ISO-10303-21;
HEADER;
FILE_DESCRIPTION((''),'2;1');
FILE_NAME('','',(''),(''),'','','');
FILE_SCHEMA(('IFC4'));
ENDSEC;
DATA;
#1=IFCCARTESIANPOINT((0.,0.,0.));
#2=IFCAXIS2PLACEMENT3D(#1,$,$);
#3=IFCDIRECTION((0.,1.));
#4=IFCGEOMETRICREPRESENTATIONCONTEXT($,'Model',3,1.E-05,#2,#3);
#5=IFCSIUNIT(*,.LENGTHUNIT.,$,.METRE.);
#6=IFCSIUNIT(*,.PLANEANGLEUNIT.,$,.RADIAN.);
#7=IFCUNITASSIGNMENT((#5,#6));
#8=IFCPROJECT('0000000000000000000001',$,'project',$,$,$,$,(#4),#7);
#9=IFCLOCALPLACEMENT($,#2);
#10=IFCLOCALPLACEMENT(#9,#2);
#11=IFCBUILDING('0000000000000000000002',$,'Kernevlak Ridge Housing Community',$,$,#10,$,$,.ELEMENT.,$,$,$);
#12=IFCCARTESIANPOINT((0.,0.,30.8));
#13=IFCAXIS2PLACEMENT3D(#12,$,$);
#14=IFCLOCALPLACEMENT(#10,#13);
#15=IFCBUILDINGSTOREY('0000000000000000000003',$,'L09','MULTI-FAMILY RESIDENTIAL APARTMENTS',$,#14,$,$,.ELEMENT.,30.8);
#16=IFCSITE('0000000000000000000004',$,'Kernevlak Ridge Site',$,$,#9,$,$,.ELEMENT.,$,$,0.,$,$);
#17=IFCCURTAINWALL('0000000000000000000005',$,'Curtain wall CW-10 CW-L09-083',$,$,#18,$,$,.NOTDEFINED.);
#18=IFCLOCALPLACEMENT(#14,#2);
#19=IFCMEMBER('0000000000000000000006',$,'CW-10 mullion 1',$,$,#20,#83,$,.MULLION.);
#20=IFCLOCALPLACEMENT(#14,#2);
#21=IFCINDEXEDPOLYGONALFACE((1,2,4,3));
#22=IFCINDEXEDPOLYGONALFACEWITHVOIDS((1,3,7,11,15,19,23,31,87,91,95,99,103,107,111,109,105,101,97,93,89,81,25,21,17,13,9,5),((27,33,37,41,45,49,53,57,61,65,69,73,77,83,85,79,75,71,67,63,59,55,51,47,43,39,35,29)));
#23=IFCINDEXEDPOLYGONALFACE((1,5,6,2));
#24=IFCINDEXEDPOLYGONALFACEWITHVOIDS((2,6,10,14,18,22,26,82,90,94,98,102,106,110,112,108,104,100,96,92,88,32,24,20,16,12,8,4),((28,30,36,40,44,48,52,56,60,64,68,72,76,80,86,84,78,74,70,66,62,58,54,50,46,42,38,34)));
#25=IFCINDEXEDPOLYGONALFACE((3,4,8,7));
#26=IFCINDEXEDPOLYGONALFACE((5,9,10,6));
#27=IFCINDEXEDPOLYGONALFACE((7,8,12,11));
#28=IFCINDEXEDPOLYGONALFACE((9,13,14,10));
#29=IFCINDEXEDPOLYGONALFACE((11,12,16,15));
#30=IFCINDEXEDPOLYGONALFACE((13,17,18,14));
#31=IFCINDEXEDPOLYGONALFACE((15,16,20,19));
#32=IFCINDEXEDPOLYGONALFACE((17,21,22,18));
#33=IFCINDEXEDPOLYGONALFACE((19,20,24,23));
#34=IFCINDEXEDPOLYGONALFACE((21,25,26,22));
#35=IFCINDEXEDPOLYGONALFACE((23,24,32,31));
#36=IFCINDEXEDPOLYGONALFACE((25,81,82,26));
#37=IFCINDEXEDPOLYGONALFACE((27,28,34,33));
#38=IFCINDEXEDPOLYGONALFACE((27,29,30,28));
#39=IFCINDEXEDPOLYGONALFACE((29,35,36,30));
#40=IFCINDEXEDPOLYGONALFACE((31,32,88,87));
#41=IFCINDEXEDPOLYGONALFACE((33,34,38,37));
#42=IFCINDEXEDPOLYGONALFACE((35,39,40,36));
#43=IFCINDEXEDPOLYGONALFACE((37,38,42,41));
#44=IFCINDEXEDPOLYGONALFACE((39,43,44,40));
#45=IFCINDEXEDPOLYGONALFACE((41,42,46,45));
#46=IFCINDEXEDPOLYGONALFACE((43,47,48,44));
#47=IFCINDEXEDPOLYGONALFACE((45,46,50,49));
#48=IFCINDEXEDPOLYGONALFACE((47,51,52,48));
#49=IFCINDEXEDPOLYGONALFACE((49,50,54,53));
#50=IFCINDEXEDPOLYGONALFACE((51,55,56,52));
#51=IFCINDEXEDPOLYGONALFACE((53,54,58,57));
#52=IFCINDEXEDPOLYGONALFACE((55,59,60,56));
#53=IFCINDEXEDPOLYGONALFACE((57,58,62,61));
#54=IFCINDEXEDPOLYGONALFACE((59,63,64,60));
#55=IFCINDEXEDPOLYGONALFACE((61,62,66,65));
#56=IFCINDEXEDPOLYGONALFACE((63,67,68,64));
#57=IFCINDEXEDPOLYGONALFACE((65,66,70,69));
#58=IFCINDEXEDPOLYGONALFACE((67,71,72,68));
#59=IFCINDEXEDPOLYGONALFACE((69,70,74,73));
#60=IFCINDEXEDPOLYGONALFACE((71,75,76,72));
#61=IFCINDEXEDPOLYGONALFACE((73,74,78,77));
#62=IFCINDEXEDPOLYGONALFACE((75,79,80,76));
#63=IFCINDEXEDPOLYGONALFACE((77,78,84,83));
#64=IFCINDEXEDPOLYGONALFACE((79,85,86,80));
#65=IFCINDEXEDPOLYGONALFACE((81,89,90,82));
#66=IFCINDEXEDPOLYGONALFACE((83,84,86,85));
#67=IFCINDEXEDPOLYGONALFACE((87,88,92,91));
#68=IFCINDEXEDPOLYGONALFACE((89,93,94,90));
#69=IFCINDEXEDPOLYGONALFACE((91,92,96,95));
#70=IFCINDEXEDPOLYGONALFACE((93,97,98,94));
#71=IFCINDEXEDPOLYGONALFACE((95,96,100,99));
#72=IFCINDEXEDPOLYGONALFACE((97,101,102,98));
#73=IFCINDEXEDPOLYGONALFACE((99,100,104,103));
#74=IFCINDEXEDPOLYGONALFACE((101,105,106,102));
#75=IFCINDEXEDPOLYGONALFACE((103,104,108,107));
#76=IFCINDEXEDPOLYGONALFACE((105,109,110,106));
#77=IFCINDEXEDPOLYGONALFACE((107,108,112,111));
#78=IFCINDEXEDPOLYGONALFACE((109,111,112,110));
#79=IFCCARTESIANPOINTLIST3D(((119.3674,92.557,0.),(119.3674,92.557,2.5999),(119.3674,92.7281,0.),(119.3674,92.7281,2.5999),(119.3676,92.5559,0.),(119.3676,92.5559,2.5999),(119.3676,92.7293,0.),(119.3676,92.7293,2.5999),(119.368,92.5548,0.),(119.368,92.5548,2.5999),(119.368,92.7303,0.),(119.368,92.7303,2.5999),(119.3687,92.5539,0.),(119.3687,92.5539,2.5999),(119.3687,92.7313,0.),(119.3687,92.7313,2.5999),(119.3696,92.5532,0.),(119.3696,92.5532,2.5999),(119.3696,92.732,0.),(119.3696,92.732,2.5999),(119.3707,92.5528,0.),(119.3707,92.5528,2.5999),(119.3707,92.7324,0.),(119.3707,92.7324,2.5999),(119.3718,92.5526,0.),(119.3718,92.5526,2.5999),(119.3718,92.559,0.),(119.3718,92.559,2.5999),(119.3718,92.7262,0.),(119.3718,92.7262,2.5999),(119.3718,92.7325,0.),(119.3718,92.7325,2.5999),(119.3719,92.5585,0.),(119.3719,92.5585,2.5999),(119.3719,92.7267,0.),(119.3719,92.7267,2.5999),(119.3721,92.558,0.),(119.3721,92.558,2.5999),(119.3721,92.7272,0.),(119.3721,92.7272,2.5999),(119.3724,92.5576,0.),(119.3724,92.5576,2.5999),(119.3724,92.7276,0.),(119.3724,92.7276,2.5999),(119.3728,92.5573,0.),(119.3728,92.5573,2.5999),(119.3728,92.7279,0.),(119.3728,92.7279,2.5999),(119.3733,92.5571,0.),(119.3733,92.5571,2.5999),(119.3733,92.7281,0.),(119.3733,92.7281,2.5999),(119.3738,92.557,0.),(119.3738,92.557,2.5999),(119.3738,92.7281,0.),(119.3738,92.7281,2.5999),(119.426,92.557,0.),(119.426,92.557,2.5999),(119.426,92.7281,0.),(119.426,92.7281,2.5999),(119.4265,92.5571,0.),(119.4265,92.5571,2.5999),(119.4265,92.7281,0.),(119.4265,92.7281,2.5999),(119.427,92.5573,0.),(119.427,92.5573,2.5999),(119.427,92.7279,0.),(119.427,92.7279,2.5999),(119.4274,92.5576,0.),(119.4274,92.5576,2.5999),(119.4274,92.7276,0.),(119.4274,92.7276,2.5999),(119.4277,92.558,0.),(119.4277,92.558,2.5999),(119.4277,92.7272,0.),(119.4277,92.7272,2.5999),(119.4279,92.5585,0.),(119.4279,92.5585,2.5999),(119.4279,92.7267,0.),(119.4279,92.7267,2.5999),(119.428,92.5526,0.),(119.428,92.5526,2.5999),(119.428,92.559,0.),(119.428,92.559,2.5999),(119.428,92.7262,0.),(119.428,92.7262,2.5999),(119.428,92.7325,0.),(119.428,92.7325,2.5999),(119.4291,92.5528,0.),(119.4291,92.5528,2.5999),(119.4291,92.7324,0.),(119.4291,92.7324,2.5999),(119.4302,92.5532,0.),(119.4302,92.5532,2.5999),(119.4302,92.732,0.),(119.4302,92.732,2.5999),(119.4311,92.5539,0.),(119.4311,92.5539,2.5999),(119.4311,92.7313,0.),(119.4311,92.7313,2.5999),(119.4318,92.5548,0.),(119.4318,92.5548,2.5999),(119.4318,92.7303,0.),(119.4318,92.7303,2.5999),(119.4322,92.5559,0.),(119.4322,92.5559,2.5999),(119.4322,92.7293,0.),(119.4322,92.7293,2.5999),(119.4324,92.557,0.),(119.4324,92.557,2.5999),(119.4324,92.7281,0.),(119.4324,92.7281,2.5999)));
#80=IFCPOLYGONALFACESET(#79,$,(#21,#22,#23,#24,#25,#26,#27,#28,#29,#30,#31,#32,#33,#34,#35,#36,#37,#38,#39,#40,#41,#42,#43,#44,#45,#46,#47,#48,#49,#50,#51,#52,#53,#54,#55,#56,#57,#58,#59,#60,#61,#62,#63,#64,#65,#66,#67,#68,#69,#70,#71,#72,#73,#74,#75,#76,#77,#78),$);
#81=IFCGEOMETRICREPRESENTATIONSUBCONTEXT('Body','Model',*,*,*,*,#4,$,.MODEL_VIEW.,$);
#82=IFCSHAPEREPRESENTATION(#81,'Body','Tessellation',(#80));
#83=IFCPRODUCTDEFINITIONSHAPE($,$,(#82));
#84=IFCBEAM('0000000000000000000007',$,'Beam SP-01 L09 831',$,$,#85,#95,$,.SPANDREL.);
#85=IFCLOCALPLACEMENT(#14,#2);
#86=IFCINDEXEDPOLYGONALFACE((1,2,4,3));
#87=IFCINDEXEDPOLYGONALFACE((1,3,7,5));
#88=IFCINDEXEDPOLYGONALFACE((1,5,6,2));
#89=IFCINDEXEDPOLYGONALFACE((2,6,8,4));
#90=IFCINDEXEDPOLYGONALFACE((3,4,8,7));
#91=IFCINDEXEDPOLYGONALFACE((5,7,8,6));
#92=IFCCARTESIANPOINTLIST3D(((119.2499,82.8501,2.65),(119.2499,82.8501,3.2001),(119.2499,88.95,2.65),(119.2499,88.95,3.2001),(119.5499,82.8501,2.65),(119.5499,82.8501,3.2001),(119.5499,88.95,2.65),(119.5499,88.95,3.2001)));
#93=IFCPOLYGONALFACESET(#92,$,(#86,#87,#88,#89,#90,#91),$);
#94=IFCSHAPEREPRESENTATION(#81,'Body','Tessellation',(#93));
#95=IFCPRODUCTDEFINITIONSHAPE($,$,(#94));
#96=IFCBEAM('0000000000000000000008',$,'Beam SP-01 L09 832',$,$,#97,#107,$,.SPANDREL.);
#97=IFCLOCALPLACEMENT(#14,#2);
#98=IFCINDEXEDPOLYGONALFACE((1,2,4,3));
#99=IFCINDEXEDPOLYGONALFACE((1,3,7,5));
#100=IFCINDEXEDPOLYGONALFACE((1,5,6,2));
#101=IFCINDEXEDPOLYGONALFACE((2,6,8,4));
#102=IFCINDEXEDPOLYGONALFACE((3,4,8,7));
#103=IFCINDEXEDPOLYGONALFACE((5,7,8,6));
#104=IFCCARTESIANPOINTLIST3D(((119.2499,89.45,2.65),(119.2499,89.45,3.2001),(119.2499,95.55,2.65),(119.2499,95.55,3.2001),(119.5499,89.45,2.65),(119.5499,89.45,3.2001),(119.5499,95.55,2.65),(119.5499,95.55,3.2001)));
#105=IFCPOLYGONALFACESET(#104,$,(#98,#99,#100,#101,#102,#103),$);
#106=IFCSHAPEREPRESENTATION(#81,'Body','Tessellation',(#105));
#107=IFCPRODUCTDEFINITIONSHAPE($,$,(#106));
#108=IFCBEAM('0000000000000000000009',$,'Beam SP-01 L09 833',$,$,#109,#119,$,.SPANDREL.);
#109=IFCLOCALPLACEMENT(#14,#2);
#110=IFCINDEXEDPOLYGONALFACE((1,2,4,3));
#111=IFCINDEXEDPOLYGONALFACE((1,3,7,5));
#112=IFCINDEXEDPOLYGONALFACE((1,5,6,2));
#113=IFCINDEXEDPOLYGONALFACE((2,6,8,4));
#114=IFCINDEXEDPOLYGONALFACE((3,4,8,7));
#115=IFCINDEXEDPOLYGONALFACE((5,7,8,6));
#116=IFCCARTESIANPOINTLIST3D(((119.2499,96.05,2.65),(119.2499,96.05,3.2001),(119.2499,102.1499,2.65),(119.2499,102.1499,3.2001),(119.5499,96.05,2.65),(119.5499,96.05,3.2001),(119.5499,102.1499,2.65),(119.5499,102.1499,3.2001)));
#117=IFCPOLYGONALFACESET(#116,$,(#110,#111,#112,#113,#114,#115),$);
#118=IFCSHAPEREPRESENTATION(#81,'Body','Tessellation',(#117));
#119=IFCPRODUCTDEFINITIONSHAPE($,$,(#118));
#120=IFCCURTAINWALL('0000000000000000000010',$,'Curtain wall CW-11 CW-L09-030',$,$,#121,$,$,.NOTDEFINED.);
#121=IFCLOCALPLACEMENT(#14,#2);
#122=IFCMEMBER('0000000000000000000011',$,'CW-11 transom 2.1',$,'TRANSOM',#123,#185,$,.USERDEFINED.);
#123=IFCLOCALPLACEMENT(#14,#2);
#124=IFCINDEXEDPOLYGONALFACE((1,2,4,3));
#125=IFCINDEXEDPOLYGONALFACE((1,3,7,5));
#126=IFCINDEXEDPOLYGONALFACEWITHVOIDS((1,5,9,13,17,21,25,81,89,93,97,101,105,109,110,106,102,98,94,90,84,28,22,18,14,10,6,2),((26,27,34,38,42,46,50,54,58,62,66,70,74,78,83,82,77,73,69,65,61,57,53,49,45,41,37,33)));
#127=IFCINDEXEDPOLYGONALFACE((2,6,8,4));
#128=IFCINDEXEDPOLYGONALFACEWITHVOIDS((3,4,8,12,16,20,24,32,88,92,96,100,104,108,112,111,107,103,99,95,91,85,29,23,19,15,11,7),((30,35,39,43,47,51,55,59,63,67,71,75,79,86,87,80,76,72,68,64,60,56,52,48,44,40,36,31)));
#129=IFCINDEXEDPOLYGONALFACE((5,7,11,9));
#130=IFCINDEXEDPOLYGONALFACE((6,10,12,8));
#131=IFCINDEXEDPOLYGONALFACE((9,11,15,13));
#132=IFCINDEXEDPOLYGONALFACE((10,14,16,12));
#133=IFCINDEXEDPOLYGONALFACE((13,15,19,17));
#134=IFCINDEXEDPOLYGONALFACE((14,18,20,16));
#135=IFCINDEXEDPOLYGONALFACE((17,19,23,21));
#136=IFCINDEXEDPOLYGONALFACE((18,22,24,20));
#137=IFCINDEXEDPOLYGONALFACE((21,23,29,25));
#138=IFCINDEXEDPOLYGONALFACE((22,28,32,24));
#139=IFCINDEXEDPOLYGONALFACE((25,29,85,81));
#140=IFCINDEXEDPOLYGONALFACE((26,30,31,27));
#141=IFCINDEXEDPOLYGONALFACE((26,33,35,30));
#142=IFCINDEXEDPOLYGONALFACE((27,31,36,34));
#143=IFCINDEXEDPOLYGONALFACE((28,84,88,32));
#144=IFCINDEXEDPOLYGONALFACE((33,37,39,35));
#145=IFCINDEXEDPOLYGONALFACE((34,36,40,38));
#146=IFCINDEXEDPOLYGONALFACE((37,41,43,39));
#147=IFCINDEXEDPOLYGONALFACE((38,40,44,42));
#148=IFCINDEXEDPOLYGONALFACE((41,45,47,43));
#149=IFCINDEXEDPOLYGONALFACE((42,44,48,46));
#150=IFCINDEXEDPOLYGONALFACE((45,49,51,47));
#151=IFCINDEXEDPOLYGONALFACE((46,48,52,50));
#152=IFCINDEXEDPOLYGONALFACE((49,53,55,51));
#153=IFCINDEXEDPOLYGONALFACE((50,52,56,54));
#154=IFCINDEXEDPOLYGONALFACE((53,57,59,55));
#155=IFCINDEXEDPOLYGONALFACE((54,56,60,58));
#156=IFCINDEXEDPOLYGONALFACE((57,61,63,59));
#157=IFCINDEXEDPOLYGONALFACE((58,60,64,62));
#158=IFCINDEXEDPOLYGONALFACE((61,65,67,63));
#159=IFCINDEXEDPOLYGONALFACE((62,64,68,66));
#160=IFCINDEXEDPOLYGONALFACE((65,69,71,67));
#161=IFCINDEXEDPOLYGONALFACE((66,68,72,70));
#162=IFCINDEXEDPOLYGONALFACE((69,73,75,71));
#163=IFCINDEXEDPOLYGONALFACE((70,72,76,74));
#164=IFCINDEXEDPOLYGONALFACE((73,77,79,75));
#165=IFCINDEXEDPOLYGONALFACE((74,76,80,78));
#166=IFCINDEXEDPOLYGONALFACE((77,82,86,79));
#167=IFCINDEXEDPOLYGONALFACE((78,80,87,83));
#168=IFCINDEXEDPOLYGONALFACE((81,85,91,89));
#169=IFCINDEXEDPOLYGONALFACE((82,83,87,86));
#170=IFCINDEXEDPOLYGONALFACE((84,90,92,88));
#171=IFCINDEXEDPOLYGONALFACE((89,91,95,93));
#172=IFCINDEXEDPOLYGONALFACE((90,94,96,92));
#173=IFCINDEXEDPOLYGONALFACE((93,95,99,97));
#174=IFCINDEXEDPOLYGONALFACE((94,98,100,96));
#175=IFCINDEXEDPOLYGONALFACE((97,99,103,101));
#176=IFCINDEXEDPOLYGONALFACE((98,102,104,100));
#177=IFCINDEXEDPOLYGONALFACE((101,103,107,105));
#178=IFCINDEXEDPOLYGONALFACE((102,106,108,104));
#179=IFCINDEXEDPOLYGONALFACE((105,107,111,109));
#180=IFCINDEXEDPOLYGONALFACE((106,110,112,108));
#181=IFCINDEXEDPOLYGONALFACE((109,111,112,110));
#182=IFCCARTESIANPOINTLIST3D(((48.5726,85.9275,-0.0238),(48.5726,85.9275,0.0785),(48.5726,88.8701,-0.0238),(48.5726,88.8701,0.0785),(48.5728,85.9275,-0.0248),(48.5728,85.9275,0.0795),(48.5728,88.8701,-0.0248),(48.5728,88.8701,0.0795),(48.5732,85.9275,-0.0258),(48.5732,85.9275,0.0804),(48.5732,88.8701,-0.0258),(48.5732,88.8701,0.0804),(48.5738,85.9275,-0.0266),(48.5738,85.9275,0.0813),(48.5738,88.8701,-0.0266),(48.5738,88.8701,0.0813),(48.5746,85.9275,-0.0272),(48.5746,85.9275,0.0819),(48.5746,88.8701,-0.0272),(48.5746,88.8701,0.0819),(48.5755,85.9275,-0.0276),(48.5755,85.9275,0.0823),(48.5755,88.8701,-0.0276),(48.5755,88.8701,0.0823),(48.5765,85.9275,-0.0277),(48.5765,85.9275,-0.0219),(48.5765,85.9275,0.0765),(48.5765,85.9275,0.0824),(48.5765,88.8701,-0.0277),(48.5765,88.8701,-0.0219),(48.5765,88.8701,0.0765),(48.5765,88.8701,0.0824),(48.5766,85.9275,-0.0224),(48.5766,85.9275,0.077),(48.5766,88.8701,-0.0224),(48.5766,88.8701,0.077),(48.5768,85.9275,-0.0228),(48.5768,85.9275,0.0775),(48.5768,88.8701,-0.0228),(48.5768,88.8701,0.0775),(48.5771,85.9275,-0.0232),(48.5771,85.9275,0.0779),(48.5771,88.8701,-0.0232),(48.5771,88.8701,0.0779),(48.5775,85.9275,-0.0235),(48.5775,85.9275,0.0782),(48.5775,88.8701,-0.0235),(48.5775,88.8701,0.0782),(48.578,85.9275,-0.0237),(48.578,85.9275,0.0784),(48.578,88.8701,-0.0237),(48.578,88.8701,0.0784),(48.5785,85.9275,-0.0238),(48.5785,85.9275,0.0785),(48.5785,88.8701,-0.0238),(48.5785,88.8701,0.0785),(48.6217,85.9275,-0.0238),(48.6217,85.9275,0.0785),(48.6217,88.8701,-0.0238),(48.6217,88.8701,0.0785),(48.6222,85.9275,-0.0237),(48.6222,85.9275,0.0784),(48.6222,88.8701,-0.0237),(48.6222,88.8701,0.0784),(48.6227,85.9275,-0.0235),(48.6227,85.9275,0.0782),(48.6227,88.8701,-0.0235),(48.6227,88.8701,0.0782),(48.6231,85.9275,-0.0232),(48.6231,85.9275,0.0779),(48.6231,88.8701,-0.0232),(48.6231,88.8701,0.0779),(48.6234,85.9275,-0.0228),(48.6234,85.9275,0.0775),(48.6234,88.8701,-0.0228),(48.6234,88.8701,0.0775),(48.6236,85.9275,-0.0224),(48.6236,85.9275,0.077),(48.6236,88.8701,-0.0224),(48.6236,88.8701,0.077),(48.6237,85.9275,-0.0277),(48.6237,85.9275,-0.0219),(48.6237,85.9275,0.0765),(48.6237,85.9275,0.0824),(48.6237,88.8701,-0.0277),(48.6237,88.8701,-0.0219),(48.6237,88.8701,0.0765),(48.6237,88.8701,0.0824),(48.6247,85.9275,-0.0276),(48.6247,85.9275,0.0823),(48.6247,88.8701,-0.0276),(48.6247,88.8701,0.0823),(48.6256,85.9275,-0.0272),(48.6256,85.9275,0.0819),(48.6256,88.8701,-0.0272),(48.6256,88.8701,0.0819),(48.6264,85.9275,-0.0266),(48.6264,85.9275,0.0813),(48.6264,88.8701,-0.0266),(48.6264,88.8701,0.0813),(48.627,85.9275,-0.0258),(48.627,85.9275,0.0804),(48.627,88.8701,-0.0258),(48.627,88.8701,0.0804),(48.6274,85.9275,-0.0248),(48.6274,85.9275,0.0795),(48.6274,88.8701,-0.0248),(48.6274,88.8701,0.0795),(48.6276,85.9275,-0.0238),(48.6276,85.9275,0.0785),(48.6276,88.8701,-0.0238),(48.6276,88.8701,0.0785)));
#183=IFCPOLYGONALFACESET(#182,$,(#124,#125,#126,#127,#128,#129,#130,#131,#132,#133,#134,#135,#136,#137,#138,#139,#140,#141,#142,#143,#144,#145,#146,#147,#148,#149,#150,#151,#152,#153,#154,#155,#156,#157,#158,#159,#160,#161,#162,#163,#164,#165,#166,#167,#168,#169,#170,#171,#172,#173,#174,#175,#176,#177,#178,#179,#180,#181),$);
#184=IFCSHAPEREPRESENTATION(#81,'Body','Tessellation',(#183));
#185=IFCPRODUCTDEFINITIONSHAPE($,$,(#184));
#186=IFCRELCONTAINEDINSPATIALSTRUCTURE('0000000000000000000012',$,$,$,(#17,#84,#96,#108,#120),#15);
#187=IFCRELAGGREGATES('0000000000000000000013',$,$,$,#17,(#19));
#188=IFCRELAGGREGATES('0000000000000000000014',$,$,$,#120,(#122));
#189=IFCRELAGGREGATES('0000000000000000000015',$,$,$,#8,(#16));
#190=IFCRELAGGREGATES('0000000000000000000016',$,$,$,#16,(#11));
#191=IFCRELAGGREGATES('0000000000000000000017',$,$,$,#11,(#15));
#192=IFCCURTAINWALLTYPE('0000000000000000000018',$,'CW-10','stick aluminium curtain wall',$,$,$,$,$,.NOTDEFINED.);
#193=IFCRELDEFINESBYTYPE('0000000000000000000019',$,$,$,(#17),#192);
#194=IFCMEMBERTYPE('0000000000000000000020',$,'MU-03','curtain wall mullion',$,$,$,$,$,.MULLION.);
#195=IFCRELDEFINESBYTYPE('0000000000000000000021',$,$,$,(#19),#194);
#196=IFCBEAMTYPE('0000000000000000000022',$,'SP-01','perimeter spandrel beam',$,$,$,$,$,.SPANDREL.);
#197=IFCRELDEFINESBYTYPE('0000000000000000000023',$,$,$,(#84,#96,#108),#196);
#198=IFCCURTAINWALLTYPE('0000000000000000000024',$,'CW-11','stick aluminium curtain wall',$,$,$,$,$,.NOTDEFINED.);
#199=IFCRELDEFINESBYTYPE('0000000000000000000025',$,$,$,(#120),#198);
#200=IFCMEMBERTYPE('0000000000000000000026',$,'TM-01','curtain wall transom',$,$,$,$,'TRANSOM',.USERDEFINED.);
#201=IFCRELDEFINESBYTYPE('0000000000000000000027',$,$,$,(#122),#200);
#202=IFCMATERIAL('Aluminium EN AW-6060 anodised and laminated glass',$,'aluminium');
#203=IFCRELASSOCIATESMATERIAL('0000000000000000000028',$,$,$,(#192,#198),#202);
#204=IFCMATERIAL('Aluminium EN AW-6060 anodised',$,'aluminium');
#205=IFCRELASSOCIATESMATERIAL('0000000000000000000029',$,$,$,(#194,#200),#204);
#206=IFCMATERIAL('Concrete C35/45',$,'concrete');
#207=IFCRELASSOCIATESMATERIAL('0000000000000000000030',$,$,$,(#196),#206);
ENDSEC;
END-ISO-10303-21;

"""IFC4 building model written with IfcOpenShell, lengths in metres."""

from ifc_helpers import new_model, si_unit, direction, frame, origin, origin_2d, place, context, subcontext, project, spatial, rectangle, hollow_rectangle, extrude, material, material_profile, profile_set, type_object, element, aggregate, save


model = new_model("IFC4")

# Units and contexts
model_context = context("Model", 3, precision=1e-05, world=origin(), true_north=direction((0.0, 1.0)))
body_context = subcontext(model_context, "Body", "Model", "MODEL_VIEW")
ifc_project = project(units=[si_unit("LENGTHUNIT", "METRE"), si_unit("PLANEANGLEUNIT", "RADIAN")], contexts=[model_context])

# Site, building, storey
site_placement = place(None, origin())
site = spatial("IfcSite", under=ifc_project, at=site_placement, Name="Kernevlak Ridge Site", CompositionType="ELEMENT", RefElevation=0.0)
building_placement = place(site_placement, origin())
building = spatial("IfcBuilding", under=site, at=building_placement, Name="Kernevlak Ridge Housing Community", CompositionType="ELEMENT")
storey_placement = place(building_placement, frame((0.0, 0.0, 30.8)))
storey = spatial("IfcBuildingStorey", under=building, at=storey_placement, Name="L09", Description="MULTI-FAMILY RESIDENTIAL APARTMENTS", CompositionType="ELEMENT", Elevation=30.8)

# Shared definitions
ifc_material_1 = material(Name="Aluminium EN AW-6060 anodised and laminated glass", Category="aluminium")
ifc_material_2 = material(Name="Aluminium EN AW-6060 anodised", Category="aluminium")

# Curtain wall, member
curtain_wall_type_1 = type_object("IfcCurtainWallType", Name="CW-10", Description="stick aluminium curtain wall", PredefinedType="NOTDEFINED", material=ifc_material_1)
curtain_wall_1_placement = place(storey_placement, origin())
curtain_wall_1 = element("IfcCurtainWall", 1, at=curtain_wall_1_placement, inside=storey, type_object=curtain_wall_type_1, Name="Curtain wall CW-10 CW-L09-083", PredefinedType="NOTDEFINED")
ifc_material_profile_1 = material_profile(ifc_material_2, hollow_rectangle(XDim=0.0649, YDim=0.1799, WallThickness=0.0044, InnerFilletRadius=0.002, OuterFilletRadius=0.0044, at=origin_2d()), Name="ALU 65x180x4.5")
ifc_profile_set_1 = profile_set([ifc_material_profile_1], Name="Aluminium EN AW-6060 anodised")
member_type_1 = type_object("IfcMemberType", Name="MU-03", Description="curtain wall mullion", PredefinedType="MULLION", material=ifc_profile_set_1)
member_1_placement = place(storey_placement, frame((119.3999, 92.6426, 0.0), z_axis=(0.0, 0.0, 1.0), x_axis=(-1.0, 0.0, 0.0)))
member_1 = element("IfcMember", 2, at=member_1_placement, type_object=member_type_1, Name="CW-10 mullion 1", PredefinedType="MULLION", context=body_context, shape_type="SweptSolid", body=[
    extrude(hollow_rectangle(XDim=0.0649, YDim=0.1799, WallThickness=0.0044, InnerFilletRadius=0.002, OuterFilletRadius=0.0044, at=origin_2d()), origin(), (0.0, 0.0, 1.0), 2.5999),
])
aggregate(curtain_wall_1, [member_1])

# Beams
ifc_material_3 = material(Name="Concrete C35/45", Category="concrete")
ifc_material_profile_2 = material_profile(ifc_material_3, rectangle(XDim=0.3, YDim=0.55, at=origin_2d()), Name="RC 300x550")
ifc_profile_set_2 = profile_set([ifc_material_profile_2], Name="Concrete C35/45")
beam_type = type_object("IfcBeamType", Name="SP-01", Description="perimeter spandrel beam", PredefinedType="SPANDREL", material=ifc_profile_set_2)
beam_1_placement = place(storey_placement, frame((119.3999, 82.8501, 2.925), z_axis=(0.0, 1.0, 0.0), x_axis=(-1.0, 0.0, 0.0)))
element("IfcBeam", 3, at=beam_1_placement, inside=storey, type_object=beam_type, Name="Beam SP-01 L09 831", PredefinedType="SPANDREL", context=body_context, shape_type="SweptSolid", body=[
    extrude(rectangle(XDim=0.3, YDim=0.55, at=origin_2d()), origin(), (0.0, 0.0, 1.0), 6.0999),
])
beam_2_placement = place(storey_placement, frame((119.3999, 89.45, 2.925), z_axis=(0.0, 1.0, 0.0), x_axis=(-1.0, 0.0, 0.0)))
element("IfcBeam", 4, at=beam_2_placement, inside=storey, type_object=beam_type, Name="Beam SP-01 L09 832", PredefinedType="SPANDREL", context=body_context, shape_type="SweptSolid", body=[
    extrude(rectangle(XDim=0.3, YDim=0.55, at=origin_2d()), origin(), (0.0, 0.0, 1.0), 6.1001),
])
beam_3_placement = place(storey_placement, frame((119.3999, 96.05, 2.925), z_axis=(0.0, 1.0, 0.0), x_axis=(-1.0, 0.0, 0.0)))
element("IfcBeam", 5, at=beam_3_placement, inside=storey, type_object=beam_type, Name="Beam SP-01 L09 833", PredefinedType="SPANDREL", context=body_context, shape_type="SweptSolid", body=[
    extrude(rectangle(XDim=0.3, YDim=0.55, at=origin_2d()), origin(), (0.0, 0.0, 1.0), 6.0999),
])

# Curtain wall, member
curtain_wall_type_2 = type_object("IfcCurtainWallType", Name="CW-11", Description="stick aluminium curtain wall", PredefinedType="NOTDEFINED", material=ifc_material_1)
curtain_wall_2_placement = place(storey_placement, origin())
curtain_wall_2 = element("IfcCurtainWall", 6, at=curtain_wall_2_placement, inside=storey, type_object=curtain_wall_type_2, Name="Curtain wall CW-11 CW-L09-030", PredefinedType="NOTDEFINED")
ifc_material_profile_3 = material_profile(ifc_material_2, hollow_rectangle(XDim=0.0549, YDim=0.1101, WallThickness=0.0039, InnerFilletRadius=0.002, OuterFilletRadius=0.0039, at=origin_2d()), Name="ALU 55x110x4")
ifc_profile_set_3 = profile_set([ifc_material_profile_3], Name="Aluminium EN AW-6060 anodised")
member_type_2 = type_object("IfcMemberType", Name="TM-01", Description="curtain wall transom", ElementType="TRANSOM", PredefinedType="USERDEFINED", material=ifc_profile_set_3)
member_2_placement = place(storey_placement, frame((48.6001, 85.9275, 0.0273), z_axis=(0.0, 1.0, 0.0), x_axis=(-1.0, 0.0, 0.0)))
member_2 = element("IfcMember", 7, at=member_2_placement, type_object=member_type_2, Name="CW-11 transom 2.1", ObjectType="TRANSOM", PredefinedType="USERDEFINED", context=body_context, shape_type="SweptSolid", body=[
    extrude(hollow_rectangle(XDim=0.0549, YDim=0.1101, WallThickness=0.0039, InnerFilletRadius=0.002, OuterFilletRadius=0.0039, at=origin_2d()), origin(), (0.0, 0.0, 1.0), 2.9426),
])

aggregate(curtain_wall_2, [member_2])

save(model, "model.ifc")
